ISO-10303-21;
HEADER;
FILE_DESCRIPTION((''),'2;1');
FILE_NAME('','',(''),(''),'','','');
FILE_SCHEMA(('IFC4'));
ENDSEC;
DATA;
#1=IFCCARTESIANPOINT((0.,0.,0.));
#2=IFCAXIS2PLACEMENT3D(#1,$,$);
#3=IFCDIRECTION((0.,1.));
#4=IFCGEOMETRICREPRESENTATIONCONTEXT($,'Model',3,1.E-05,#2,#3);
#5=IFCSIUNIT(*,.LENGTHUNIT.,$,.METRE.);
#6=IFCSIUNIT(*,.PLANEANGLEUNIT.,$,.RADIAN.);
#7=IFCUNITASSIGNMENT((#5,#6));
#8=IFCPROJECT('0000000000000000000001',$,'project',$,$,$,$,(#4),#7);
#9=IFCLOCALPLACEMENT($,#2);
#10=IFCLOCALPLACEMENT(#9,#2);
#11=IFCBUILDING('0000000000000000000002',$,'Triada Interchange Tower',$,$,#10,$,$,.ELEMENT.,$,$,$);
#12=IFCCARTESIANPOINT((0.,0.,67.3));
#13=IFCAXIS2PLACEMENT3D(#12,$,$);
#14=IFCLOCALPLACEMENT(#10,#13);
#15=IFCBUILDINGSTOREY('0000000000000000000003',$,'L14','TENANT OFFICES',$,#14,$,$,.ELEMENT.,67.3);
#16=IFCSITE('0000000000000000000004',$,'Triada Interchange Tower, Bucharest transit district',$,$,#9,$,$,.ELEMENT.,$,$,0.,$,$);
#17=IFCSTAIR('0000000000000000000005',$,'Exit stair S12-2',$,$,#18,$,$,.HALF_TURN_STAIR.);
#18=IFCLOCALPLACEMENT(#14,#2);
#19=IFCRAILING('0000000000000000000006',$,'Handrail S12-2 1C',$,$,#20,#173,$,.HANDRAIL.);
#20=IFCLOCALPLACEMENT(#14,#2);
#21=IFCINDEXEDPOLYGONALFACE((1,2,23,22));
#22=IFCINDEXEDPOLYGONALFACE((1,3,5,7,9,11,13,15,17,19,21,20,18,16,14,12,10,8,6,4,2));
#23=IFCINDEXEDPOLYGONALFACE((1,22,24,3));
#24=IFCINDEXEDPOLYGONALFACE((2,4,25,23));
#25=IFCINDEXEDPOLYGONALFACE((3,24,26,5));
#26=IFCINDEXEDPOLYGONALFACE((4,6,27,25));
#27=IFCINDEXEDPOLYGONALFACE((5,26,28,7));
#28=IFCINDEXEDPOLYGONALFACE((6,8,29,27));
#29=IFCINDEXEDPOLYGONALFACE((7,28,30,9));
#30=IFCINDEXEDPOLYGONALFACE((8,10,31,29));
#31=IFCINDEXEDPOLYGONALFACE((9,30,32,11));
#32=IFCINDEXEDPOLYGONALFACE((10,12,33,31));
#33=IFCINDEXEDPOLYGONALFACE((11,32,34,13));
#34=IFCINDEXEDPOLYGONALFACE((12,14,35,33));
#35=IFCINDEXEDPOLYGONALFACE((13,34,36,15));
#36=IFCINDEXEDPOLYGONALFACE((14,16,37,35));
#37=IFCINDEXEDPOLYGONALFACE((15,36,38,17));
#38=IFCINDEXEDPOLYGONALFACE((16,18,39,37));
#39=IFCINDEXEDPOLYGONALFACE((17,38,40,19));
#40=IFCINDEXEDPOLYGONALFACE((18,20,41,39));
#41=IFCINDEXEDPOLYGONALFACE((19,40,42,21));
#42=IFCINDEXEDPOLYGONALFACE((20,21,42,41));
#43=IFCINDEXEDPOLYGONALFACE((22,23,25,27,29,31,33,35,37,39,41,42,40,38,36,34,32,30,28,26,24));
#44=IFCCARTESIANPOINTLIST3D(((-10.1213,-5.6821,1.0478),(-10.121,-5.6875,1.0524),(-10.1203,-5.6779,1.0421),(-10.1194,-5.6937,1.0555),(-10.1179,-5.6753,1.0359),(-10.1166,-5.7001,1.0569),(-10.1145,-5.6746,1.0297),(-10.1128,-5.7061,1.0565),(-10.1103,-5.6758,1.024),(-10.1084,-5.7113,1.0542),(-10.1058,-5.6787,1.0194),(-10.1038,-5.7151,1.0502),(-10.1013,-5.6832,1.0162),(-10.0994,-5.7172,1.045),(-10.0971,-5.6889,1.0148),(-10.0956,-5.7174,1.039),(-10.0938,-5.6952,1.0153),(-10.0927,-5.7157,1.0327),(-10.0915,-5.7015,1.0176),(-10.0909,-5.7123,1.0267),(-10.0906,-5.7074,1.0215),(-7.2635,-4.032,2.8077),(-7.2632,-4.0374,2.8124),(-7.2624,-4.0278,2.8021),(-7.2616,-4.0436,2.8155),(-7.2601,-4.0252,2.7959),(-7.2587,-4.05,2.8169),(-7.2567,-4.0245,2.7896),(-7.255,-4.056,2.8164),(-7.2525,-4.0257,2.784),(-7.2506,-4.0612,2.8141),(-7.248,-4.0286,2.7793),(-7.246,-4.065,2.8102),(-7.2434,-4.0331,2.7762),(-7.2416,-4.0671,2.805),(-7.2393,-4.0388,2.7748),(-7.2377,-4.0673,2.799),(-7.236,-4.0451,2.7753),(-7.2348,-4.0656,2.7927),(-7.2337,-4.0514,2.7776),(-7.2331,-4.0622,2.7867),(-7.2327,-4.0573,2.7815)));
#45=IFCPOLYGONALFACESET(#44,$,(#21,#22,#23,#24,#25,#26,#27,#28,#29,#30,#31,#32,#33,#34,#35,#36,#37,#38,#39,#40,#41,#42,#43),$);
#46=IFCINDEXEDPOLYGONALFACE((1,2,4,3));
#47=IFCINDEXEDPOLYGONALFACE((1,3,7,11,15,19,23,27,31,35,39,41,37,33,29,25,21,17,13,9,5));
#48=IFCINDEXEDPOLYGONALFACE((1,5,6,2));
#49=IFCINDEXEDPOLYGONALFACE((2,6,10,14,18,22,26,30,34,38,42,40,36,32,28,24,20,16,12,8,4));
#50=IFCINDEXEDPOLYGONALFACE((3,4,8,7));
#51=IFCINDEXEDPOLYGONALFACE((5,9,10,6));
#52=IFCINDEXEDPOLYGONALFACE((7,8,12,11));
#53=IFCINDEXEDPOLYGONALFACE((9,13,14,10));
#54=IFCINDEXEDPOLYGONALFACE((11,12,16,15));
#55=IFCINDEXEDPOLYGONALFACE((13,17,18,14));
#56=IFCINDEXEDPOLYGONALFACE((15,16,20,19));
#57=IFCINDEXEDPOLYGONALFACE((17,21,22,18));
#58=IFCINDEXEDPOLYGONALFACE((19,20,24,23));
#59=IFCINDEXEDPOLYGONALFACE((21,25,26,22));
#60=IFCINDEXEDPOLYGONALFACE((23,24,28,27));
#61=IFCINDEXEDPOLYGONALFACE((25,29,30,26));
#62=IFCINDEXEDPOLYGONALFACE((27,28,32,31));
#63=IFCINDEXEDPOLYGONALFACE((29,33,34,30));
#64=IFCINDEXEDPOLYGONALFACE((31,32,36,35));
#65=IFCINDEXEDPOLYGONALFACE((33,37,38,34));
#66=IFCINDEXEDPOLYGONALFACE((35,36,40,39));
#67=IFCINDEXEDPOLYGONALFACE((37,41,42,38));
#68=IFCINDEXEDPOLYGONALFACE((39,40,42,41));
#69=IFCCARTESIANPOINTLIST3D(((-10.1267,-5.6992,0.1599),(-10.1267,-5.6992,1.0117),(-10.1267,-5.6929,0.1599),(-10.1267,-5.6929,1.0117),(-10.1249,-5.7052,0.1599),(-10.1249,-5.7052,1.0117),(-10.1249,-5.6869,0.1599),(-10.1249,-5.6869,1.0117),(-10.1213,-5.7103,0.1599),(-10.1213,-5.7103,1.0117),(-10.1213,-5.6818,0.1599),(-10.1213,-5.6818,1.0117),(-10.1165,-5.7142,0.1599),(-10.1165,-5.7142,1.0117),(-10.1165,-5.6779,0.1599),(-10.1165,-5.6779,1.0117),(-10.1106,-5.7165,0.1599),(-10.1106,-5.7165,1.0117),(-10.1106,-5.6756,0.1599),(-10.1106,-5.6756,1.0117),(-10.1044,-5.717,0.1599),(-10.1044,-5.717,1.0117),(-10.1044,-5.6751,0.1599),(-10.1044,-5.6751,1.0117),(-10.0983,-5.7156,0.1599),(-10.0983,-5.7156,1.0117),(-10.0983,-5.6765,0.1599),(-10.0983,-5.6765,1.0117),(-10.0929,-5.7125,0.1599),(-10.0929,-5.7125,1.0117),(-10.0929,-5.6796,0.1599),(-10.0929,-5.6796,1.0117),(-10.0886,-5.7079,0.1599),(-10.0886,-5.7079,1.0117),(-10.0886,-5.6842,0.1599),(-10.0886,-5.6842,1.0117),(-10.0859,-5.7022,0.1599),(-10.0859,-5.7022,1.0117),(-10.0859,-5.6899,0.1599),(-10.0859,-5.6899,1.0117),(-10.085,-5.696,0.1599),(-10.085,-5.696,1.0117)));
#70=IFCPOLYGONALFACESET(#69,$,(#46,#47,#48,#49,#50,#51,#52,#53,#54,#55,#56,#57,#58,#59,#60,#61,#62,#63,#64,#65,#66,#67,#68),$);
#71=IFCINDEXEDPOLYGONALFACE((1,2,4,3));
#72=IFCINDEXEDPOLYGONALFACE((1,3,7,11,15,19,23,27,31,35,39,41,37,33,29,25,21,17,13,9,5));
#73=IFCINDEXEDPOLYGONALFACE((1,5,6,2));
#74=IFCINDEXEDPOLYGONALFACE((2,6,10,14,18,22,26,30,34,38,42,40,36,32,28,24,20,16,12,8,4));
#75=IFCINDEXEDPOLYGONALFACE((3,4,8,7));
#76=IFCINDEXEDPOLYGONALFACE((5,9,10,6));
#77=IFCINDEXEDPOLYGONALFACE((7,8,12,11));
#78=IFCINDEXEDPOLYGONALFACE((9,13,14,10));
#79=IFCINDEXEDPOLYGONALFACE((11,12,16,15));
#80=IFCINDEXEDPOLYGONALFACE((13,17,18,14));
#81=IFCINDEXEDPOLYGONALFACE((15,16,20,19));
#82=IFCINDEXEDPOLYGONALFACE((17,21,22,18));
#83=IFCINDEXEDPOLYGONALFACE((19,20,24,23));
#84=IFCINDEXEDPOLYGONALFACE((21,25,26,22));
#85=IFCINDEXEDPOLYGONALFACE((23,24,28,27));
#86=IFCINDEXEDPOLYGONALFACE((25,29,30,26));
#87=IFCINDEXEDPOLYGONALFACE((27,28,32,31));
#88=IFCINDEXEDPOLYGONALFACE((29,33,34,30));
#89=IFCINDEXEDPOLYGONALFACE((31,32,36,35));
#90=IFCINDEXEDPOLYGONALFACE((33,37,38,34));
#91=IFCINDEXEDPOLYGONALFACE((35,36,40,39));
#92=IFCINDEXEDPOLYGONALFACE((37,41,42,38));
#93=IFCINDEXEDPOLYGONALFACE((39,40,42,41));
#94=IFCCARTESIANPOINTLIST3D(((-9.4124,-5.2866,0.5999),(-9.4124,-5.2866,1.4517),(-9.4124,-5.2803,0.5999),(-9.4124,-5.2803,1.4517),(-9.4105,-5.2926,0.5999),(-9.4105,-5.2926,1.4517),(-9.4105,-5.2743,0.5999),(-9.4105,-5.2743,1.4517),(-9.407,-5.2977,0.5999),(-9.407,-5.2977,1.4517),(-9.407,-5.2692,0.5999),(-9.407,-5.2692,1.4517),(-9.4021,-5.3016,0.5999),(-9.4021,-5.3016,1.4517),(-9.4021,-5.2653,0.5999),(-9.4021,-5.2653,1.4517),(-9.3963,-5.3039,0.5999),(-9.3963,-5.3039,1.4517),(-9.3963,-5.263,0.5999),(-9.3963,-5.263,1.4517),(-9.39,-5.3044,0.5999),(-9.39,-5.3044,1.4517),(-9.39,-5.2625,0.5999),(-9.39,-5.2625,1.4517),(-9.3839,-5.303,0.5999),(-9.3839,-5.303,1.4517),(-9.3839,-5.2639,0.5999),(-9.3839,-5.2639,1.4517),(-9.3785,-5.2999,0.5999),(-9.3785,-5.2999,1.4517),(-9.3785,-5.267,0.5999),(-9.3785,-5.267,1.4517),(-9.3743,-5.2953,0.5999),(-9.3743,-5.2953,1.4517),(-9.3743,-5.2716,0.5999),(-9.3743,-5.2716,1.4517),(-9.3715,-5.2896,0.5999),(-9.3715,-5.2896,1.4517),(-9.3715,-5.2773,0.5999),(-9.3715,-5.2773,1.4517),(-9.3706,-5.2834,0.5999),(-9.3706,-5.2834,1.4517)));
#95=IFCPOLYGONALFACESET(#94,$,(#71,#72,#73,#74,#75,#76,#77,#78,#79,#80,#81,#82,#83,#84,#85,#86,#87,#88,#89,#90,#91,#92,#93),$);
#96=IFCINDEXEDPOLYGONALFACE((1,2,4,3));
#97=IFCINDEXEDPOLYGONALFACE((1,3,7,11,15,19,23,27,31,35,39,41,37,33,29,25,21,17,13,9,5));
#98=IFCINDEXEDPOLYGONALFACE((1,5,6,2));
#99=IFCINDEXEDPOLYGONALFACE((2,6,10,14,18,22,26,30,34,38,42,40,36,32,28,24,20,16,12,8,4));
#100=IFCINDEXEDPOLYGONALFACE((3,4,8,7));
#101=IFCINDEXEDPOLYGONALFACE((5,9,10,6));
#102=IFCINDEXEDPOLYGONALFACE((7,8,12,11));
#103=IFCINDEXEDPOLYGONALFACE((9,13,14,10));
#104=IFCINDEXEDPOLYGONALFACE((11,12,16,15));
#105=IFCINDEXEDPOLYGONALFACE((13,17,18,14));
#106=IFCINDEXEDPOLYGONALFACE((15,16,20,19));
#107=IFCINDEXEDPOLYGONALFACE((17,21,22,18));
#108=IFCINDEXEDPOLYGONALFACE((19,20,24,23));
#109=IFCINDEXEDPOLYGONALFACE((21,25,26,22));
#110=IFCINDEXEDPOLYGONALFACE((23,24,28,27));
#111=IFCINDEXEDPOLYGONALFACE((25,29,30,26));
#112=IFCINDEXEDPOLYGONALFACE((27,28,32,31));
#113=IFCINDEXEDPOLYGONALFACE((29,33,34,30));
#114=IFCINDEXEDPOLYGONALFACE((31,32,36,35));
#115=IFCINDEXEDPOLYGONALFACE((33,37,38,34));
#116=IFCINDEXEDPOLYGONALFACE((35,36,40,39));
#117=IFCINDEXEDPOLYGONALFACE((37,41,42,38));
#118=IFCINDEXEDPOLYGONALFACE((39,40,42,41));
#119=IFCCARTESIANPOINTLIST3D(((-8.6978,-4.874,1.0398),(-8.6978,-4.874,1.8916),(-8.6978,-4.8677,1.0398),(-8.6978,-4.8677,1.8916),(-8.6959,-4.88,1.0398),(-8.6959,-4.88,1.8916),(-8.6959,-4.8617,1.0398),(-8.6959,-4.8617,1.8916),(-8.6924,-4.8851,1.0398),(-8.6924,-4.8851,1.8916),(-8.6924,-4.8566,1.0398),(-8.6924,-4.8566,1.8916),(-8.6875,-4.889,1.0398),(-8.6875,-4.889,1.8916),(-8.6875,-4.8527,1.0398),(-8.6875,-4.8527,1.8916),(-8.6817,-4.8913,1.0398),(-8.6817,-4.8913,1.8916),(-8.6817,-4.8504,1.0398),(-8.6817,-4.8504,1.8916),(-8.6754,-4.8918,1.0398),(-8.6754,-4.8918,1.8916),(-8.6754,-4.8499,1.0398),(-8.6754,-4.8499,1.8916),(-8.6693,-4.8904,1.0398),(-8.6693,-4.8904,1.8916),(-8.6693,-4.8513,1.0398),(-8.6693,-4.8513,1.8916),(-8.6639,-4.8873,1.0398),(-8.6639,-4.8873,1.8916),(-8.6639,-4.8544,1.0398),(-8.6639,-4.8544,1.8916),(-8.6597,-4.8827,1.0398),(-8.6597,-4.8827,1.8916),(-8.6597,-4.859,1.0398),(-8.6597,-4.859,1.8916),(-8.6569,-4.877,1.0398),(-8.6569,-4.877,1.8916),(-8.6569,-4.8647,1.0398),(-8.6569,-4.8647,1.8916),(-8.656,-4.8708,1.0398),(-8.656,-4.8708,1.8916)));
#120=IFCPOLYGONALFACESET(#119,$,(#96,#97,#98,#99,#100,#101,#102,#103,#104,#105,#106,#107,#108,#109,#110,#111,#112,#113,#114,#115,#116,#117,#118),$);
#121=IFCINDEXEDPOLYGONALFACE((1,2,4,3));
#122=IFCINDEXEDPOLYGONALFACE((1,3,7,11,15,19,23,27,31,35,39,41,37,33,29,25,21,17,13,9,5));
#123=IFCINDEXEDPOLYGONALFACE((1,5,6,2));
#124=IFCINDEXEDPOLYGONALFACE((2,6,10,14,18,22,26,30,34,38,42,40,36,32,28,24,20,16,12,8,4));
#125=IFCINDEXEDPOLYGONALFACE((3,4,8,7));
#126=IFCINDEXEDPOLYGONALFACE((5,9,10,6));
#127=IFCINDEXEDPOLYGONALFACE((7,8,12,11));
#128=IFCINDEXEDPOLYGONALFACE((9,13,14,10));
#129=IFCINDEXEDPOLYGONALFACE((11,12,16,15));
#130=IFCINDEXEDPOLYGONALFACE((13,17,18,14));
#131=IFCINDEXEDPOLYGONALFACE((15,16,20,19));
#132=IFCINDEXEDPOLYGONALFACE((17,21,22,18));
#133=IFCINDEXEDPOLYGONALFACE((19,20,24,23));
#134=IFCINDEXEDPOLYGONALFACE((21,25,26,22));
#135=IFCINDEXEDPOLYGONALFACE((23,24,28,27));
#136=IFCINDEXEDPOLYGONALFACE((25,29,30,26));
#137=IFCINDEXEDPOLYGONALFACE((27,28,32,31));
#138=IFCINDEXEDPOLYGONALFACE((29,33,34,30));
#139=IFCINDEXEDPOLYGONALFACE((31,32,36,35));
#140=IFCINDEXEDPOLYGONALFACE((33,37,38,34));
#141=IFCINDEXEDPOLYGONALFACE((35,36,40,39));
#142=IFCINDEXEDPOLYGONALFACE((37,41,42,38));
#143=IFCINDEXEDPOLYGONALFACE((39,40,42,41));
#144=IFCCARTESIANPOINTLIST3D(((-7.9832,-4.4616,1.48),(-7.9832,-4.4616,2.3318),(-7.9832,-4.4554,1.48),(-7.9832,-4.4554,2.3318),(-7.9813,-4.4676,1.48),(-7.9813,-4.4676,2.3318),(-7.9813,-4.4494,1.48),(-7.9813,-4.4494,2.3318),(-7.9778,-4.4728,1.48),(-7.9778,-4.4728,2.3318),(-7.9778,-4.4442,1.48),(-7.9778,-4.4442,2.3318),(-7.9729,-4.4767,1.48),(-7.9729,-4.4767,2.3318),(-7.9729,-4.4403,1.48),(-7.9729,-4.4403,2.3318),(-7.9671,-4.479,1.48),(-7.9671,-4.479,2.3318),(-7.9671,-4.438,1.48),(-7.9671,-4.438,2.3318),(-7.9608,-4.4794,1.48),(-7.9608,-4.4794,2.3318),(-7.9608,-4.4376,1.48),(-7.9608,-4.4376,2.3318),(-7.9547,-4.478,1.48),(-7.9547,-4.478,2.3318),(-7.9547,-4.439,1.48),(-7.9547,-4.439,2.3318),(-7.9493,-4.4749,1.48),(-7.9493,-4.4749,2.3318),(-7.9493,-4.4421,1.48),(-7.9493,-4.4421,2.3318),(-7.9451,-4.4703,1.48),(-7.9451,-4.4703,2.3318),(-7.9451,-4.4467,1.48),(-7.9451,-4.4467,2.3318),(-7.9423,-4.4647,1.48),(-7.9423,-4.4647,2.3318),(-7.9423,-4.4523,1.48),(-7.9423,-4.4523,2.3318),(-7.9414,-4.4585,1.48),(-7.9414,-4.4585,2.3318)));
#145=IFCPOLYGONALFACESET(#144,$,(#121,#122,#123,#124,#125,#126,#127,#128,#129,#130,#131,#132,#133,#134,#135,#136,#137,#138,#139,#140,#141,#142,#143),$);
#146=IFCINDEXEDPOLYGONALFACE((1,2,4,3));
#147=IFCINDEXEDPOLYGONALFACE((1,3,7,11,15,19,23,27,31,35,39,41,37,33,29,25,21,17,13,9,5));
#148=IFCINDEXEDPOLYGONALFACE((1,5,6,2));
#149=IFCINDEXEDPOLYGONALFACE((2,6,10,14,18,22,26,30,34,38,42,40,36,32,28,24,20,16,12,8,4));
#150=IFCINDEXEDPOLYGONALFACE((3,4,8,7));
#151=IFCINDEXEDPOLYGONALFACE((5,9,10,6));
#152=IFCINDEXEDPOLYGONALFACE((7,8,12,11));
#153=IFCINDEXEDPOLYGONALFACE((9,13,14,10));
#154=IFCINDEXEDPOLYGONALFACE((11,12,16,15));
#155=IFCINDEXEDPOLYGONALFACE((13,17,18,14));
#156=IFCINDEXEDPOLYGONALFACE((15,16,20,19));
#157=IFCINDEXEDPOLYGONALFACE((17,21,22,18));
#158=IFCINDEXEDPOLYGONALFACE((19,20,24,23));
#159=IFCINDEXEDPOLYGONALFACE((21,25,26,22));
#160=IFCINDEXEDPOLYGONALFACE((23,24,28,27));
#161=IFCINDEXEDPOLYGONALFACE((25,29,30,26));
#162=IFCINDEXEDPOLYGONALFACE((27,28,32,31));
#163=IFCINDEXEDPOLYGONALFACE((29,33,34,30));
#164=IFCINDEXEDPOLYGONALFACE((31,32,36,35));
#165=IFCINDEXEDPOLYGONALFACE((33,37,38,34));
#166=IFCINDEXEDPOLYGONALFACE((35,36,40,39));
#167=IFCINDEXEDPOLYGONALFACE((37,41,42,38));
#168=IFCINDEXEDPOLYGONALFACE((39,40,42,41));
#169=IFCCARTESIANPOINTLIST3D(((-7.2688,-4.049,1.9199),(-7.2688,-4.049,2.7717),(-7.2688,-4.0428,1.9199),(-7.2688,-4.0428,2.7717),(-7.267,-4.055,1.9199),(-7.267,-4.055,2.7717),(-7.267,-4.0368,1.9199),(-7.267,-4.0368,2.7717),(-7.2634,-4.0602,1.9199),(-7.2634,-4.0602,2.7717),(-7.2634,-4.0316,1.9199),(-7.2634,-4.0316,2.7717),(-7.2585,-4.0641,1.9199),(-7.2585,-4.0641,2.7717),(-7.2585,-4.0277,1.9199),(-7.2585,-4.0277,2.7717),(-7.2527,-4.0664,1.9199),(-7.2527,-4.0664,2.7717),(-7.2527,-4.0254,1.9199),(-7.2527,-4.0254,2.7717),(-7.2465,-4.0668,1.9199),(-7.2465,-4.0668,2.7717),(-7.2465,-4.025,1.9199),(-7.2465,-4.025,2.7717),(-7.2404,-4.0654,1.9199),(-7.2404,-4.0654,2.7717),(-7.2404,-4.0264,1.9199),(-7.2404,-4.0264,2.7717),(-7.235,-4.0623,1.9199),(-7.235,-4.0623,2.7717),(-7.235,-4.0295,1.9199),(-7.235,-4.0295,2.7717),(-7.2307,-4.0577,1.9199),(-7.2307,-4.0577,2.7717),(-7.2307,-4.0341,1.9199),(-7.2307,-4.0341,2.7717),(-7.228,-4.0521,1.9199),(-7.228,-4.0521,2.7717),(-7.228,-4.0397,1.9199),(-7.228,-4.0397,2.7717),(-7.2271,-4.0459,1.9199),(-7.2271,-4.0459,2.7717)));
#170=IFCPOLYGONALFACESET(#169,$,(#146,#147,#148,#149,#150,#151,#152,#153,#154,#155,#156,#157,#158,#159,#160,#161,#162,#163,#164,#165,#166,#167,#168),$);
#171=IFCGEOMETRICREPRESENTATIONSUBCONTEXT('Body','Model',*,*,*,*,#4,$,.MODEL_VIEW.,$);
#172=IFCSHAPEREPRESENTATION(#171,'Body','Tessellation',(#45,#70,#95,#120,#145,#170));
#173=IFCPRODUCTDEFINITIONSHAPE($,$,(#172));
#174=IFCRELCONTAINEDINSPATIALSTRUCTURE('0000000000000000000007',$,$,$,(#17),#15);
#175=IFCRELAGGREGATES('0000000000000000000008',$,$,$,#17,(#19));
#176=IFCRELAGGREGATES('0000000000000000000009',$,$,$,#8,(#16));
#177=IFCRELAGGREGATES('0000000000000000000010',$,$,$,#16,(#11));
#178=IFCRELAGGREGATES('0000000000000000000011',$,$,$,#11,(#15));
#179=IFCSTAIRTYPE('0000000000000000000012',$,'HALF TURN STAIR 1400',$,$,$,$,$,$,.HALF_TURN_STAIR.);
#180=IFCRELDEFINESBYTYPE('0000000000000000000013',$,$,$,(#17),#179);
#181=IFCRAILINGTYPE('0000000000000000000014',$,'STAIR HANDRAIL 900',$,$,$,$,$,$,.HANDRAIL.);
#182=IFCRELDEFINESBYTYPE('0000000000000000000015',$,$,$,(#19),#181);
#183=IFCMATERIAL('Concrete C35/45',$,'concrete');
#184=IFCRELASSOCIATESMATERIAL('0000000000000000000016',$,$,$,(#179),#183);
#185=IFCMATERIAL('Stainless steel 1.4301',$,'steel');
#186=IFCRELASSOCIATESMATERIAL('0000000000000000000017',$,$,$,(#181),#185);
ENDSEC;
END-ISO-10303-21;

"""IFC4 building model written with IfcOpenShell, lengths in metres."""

from ifc_helpers import new_model, si_unit, direction, frame, origin, origin_2d, place, context, subcontext, project, spatial, circle, extrude, material, type_object, element, aggregate, save


model = new_model("IFC4")

# Units and contexts
model_context = context("Model", 3, precision=1e-05, world=origin(), true_north=direction((0.0, 1.0)))
body_context = subcontext(model_context, "Body", "Model", "MODEL_VIEW")
ifc_project = project(units=[si_unit("LENGTHUNIT", "METRE"), si_unit("PLANEANGLEUNIT", "RADIAN")], contexts=[model_context])

# Site, building, storey
site_placement = place(None, origin())
site = spatial("IfcSite", under=ifc_project, at=site_placement, Name="Triada Interchange Tower, Bucharest transit district", CompositionType="ELEMENT", RefElevation=0.0)
building_placement = place(site_placement, origin())
building = spatial("IfcBuilding", under=site, at=building_placement, Name="Triada Interchange Tower", CompositionType="ELEMENT")
storey_placement = place(building_placement, frame((0.0, 0.0, 67.3)))
storey = spatial("IfcBuildingStorey", under=building, at=storey_placement, Name="L14", Description="TENANT OFFICES", CompositionType="ELEMENT", Elevation=67.3)

# Stair, railing
ifc_material_1 = material(Name="Concrete C35/45", Category="concrete")
stair_type = type_object("IfcStairType", Name="HALF TURN STAIR 1400", PredefinedType="HALF_TURN_STAIR", material=ifc_material_1)
stair_placement = place(storey_placement, origin())
stair = element("IfcStair", 1, at=stair_placement, inside=storey, type_object=stair_type, Name="Exit stair S12-2", PredefinedType="HALF_TURN_STAIR")
ifc_material_2 = material(Name="Stainless steel 1.4301", Category="steel")
railing_type = type_object("IfcRailingType", Name="STAIR HANDRAIL 900", PredefinedType="HANDRAIL", material=ifc_material_2)
railing_1_placement = place(storey_placement, frame((-10.106, -5.696, 0.1599)))
railing_1 = element("IfcRailing", 2, at=railing_1_placement, type_object=railing_type, Name="Handrail S12-2 1C", PredefinedType="HANDRAIL", context=body_context, shape_type="SweptSolid", body=[
    extrude(circle(Radius=0.0239, at=origin_2d()), frame((0.0, 0.0, 0.876), z_axis=(0.764129, 0.441205, 0.47058), x_axis=(-0.50003, 0.866008, 0.0)), (0.0, 0.0, 1.0), 3.74),
    extrude(circle(Radius=0.021, at=origin_2d()), origin(), (0.0, 0.0, 1.0), 0.8518),
    extrude(circle(Radius=0.021, at=origin_2d()), frame((0.7144, 0.4126, 0.4399)), (0.0, 0.0, 1.0), 0.8518),
    extrude(circle(Radius=0.021, at=origin_2d()), frame((1.429, 0.8252, 0.8799)), (0.0, 0.0, 1.0), 0.8518),
    extrude(circle(Radius=0.021, at=origin_2d()), frame((2.1436, 1.2375, 1.3201)), (0.0, 0.0, 1.0), 0.8518),
    extrude(circle(Radius=0.021, at=origin_2d()), frame((2.8579, 1.6501, 1.76)), (0.0, 0.0, 1.0), 0.8518),
])
aggregate(stair, [railing_1])

save(model, "model.ifc")
